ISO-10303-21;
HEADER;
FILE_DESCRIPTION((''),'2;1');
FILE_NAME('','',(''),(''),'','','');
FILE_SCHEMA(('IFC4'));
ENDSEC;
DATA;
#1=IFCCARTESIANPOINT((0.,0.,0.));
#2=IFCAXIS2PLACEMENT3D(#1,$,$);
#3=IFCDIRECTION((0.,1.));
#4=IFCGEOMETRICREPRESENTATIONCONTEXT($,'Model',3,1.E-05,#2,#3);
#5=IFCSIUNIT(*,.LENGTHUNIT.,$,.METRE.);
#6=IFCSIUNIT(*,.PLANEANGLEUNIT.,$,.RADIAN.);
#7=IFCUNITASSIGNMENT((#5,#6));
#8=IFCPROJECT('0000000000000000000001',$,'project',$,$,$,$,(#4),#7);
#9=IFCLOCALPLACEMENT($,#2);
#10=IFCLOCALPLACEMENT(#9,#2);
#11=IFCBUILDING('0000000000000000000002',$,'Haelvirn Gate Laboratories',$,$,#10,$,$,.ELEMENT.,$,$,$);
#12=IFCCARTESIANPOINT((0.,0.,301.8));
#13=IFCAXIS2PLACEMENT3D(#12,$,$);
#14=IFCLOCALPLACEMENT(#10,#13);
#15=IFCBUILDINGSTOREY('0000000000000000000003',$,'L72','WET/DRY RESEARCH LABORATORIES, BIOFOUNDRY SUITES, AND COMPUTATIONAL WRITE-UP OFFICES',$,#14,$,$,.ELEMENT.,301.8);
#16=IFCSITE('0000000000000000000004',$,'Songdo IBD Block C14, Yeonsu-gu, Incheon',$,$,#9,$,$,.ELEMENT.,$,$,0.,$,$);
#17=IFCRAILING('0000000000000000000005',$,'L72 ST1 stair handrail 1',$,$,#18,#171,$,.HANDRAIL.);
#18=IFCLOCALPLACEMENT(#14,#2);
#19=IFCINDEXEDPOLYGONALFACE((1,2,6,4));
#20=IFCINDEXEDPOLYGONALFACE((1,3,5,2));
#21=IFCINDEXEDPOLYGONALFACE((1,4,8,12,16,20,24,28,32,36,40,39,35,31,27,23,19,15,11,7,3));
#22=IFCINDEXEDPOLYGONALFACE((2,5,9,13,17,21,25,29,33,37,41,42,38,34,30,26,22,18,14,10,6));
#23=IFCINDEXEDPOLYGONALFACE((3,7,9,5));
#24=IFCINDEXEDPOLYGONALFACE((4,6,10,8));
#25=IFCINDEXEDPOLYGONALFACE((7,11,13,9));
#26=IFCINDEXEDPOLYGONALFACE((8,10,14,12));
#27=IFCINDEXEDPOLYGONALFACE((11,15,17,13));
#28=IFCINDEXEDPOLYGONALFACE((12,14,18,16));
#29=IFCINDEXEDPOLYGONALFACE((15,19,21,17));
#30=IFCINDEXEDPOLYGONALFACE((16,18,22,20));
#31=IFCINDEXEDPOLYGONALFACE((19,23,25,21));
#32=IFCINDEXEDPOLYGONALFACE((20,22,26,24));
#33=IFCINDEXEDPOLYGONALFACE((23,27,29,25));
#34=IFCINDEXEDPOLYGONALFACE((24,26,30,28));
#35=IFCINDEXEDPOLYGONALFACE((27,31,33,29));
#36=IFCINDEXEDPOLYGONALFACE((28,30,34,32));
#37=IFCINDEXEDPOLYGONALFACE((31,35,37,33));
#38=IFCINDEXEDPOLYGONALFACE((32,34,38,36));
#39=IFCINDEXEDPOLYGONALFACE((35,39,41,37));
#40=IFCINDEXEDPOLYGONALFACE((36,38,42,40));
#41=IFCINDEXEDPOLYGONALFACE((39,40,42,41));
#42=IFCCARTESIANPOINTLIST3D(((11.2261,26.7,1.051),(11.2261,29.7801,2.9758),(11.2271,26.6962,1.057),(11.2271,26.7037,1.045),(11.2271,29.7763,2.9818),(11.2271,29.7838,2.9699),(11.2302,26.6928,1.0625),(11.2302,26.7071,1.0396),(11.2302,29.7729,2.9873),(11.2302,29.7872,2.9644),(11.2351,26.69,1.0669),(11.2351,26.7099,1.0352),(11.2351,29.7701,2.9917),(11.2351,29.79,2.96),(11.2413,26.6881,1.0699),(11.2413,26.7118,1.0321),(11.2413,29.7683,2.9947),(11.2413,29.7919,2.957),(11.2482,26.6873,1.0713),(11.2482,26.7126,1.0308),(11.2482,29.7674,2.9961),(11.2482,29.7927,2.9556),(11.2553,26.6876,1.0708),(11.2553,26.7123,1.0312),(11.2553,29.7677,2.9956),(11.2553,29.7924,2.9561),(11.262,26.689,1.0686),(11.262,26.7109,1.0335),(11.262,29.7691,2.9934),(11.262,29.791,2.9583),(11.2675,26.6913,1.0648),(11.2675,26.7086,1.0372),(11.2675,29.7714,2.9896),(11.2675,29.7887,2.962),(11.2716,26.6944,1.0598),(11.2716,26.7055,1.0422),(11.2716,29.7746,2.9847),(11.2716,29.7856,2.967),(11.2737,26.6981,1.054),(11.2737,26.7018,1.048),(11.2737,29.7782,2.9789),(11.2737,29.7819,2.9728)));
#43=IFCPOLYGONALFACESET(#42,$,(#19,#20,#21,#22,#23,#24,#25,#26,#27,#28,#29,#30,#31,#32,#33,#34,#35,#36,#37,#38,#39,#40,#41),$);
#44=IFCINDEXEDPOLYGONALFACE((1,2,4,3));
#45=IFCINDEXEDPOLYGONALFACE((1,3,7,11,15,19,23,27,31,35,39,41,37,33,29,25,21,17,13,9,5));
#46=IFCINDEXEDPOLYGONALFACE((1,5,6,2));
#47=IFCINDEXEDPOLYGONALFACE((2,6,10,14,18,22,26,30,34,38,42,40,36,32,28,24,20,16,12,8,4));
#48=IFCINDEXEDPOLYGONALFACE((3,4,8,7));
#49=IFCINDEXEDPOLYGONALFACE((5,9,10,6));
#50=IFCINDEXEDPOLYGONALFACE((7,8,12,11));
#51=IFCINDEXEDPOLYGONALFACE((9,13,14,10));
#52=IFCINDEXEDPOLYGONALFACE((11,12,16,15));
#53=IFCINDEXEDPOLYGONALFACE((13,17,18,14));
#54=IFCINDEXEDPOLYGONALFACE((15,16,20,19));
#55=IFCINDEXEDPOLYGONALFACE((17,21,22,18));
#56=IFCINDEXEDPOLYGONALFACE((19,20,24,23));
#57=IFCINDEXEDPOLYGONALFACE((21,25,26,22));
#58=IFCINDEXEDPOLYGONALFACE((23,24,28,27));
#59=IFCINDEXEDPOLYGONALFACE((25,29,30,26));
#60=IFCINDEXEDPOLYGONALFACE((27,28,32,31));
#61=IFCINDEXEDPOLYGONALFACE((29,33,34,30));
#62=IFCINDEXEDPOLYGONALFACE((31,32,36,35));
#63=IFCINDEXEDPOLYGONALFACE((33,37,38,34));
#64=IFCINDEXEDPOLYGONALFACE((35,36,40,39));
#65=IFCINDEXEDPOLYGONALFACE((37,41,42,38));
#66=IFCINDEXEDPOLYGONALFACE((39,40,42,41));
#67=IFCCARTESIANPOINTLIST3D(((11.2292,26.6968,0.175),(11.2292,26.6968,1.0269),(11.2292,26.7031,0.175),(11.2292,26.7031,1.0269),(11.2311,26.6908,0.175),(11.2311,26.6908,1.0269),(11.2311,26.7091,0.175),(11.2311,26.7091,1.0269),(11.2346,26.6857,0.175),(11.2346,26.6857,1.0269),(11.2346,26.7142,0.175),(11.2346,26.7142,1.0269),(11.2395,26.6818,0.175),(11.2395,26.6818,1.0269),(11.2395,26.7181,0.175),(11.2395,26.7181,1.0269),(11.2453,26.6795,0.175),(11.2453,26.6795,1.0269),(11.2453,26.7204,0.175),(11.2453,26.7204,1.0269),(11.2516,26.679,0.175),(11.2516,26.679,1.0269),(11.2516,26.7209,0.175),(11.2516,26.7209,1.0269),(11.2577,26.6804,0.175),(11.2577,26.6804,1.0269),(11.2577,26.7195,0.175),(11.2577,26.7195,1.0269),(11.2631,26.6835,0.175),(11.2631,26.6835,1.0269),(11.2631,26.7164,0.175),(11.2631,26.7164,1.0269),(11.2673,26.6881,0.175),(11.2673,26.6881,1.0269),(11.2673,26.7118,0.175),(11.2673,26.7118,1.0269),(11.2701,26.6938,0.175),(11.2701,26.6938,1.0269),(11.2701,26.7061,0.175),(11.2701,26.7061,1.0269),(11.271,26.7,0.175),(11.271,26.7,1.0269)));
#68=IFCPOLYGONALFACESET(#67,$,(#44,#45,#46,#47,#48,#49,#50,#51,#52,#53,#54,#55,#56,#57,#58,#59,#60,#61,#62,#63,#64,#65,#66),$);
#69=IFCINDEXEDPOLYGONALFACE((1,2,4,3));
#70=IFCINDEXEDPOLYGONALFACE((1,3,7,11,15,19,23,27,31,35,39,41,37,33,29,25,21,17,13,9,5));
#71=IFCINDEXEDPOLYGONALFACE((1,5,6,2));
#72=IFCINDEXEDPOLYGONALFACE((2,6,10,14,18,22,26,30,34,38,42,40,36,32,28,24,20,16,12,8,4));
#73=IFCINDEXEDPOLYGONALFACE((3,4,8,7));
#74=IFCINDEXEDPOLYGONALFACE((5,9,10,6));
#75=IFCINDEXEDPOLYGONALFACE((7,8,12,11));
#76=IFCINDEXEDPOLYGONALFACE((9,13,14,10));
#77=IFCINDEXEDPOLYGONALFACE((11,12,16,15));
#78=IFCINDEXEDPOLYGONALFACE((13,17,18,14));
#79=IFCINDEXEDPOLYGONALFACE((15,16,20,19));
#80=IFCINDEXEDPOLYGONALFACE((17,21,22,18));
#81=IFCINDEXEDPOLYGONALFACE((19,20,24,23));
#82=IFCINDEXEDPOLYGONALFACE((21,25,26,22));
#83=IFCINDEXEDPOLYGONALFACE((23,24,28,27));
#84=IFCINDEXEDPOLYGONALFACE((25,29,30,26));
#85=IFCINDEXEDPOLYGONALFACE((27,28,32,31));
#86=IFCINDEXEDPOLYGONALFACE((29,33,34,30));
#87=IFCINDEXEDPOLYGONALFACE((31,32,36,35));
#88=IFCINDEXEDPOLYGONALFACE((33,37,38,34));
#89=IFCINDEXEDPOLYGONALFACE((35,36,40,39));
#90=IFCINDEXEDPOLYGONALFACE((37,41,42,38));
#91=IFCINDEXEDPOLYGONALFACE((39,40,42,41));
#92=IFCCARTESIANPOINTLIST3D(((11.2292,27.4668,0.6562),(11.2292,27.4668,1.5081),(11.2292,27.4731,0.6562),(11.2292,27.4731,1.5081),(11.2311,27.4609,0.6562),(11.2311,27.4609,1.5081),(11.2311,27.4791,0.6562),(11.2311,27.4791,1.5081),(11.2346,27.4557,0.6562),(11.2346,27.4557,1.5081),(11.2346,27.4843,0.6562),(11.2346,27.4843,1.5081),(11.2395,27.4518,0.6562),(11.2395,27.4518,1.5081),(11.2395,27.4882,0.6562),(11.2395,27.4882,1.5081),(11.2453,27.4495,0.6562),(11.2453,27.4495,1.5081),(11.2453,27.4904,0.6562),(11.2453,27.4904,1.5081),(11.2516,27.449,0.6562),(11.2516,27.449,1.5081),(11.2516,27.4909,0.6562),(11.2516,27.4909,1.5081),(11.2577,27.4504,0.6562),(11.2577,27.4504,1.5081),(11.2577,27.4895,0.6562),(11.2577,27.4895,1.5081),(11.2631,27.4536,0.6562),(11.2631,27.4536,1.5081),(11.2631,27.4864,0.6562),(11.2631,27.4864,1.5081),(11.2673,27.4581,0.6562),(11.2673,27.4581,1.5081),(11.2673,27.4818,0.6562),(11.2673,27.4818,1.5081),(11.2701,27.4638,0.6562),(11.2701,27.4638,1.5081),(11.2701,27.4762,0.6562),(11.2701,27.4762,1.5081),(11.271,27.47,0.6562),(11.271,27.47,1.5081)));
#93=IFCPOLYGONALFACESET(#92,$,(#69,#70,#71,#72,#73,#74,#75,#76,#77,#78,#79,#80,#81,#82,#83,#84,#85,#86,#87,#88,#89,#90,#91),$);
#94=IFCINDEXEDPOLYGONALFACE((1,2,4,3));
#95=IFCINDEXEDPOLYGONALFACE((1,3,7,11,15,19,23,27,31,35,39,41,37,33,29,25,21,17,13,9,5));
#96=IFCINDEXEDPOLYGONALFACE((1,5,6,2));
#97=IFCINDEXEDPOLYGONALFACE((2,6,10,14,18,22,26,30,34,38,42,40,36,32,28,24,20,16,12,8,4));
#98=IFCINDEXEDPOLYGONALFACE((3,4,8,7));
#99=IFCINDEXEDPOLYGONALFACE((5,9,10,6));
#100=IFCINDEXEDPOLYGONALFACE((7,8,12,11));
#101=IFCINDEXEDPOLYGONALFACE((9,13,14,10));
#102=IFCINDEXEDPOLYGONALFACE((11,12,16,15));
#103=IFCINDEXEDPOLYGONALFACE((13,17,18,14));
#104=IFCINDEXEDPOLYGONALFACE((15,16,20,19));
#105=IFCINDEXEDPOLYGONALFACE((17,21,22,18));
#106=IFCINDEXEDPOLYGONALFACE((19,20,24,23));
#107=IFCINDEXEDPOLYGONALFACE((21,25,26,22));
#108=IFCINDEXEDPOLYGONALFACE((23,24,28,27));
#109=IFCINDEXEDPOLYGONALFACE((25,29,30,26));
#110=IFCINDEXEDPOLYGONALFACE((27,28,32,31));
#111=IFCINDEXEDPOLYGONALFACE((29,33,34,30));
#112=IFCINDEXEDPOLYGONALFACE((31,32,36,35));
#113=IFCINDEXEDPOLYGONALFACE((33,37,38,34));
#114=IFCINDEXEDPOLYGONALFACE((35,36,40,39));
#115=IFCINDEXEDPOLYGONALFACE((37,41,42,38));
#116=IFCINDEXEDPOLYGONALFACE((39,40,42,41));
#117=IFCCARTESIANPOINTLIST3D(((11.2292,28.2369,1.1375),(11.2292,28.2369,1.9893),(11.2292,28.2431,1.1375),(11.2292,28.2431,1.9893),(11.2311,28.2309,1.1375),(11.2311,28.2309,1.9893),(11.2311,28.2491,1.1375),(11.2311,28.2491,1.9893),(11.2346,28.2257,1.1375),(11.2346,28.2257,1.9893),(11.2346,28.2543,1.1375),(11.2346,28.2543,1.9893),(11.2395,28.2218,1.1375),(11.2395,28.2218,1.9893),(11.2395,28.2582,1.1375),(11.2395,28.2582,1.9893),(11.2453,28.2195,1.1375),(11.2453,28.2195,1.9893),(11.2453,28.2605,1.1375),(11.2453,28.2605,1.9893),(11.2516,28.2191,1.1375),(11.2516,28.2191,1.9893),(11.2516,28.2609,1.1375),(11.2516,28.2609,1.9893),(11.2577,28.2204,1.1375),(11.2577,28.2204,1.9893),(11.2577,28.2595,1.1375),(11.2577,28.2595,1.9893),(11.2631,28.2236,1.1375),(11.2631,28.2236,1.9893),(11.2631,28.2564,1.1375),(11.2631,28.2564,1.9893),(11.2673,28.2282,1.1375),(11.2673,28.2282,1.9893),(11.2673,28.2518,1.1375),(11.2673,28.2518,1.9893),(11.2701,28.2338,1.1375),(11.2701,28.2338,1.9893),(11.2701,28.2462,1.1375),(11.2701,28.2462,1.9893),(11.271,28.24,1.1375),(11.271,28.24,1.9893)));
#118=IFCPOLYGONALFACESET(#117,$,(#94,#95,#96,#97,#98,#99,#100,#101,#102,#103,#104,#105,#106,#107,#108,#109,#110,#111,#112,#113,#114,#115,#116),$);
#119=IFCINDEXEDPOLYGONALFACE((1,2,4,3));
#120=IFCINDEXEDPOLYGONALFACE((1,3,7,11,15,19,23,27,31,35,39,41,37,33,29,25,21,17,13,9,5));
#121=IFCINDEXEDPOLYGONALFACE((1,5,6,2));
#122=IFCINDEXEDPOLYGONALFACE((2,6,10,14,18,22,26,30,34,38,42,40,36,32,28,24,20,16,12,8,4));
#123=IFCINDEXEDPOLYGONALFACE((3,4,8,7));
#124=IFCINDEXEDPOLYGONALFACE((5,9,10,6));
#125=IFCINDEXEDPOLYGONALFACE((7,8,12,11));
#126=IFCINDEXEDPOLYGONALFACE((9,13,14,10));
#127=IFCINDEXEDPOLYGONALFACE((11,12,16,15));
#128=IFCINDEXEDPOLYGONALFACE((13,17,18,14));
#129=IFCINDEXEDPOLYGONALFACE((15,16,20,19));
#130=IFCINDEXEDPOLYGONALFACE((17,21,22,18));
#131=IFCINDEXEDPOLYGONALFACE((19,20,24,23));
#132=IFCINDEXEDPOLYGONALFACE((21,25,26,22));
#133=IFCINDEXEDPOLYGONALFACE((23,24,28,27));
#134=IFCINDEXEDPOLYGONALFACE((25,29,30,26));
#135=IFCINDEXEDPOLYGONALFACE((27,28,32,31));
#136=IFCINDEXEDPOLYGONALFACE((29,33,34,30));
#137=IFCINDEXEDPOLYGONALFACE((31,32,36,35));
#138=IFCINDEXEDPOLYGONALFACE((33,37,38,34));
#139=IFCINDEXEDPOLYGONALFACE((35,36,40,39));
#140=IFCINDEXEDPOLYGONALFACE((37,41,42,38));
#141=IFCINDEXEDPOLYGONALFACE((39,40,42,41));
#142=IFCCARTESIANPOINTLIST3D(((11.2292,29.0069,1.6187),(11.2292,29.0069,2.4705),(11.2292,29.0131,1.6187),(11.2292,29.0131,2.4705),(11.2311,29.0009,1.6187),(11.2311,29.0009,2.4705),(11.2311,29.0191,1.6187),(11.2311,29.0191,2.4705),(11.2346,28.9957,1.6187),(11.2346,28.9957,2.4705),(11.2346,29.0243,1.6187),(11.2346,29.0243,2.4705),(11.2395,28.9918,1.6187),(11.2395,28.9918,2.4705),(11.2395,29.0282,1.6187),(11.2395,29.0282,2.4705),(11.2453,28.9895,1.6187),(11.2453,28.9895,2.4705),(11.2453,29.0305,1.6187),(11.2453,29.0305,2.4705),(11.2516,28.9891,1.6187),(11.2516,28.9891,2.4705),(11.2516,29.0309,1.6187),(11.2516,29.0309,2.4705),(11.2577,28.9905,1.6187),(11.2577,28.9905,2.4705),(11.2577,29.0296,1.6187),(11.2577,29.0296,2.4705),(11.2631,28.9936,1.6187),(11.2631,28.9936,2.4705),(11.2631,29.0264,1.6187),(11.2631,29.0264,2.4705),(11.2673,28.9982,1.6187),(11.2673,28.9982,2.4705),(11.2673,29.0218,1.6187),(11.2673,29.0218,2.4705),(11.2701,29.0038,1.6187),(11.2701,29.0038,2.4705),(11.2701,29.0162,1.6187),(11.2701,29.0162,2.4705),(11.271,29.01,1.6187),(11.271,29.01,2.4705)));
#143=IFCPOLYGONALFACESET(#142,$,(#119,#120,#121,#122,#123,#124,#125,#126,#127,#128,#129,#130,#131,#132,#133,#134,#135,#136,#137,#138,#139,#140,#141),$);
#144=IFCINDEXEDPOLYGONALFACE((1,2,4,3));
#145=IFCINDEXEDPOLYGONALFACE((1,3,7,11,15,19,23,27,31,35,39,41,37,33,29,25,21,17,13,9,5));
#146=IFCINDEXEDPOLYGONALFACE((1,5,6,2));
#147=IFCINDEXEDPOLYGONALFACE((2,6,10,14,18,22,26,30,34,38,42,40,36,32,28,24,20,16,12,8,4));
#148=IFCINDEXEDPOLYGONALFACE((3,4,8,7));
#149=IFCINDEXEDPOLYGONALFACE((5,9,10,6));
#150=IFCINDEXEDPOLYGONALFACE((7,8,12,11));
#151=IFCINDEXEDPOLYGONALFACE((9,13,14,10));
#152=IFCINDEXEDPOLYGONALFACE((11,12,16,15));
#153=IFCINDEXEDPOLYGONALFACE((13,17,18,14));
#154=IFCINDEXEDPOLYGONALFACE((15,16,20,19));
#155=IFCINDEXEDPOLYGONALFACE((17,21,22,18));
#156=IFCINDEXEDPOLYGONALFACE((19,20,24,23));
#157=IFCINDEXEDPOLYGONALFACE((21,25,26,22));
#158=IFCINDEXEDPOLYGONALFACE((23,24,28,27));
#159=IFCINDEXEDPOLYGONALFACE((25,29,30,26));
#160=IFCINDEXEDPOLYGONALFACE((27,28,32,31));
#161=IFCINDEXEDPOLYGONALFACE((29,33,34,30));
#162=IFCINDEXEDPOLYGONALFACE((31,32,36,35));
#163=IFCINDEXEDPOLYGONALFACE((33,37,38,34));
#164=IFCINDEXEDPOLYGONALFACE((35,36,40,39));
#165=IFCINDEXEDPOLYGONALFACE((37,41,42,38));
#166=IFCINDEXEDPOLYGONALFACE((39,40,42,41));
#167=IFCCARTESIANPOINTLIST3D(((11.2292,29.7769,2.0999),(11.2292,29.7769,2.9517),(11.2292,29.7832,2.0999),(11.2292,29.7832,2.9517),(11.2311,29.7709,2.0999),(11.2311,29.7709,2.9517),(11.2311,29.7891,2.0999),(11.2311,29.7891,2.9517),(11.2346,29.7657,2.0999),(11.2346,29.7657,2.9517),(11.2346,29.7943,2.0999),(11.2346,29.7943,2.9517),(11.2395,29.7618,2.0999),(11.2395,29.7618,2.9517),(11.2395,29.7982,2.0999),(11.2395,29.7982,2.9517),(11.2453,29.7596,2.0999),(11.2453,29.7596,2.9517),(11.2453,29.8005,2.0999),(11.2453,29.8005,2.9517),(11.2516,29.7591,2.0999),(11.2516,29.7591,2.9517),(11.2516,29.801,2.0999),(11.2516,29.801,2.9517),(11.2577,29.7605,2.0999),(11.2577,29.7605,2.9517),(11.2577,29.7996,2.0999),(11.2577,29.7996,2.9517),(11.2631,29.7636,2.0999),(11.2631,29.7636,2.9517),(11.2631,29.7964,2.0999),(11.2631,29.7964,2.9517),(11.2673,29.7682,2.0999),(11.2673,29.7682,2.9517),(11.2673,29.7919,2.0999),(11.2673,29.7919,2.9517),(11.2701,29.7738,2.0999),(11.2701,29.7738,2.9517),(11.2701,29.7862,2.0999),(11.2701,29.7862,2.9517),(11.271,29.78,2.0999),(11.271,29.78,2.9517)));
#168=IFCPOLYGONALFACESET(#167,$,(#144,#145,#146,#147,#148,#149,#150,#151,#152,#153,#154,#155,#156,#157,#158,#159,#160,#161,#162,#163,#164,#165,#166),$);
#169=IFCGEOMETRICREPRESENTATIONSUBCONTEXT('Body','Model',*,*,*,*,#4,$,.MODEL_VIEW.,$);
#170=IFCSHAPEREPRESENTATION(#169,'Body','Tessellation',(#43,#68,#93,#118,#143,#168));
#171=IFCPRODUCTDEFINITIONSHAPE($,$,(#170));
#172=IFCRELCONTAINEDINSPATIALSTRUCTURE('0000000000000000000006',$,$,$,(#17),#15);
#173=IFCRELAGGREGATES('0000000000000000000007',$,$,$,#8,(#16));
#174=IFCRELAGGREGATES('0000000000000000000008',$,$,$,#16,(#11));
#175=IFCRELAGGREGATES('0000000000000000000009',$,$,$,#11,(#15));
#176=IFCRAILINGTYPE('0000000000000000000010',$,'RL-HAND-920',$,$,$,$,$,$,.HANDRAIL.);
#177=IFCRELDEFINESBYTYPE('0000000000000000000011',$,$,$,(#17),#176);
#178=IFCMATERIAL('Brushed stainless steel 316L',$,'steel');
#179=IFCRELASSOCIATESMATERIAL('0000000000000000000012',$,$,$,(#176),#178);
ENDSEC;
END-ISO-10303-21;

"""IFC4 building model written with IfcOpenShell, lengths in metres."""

from ifc_helpers import new_model, si_unit, direction, frame, origin, origin_2d, place, context, subcontext, project, spatial, circle, extrude, source, transform, mapped, material, type_object, element, save


model = new_model("IFC4")

# Units and contexts
model_context = context("Model", 3, precision=1e-05, world=origin(), true_north=direction((0.0, 1.0)))
body_context = subcontext(model_context, "Body", "Model", "MODEL_VIEW")
ifc_project = project(units=[si_unit("LENGTHUNIT", "METRE"), si_unit("PLANEANGLEUNIT", "RADIAN")], contexts=[model_context])

# Site, building, storey
site_placement = place(None, origin())
site = spatial("IfcSite", under=ifc_project, at=site_placement, Name="Songdo IBD Block C14, Yeonsu-gu, Incheon", CompositionType="ELEMENT", RefElevation=0.0)
building_placement = place(site_placement, origin())
building = spatial("IfcBuilding", under=site, at=building_placement, Name="Haelvirn Gate Laboratories", CompositionType="ELEMENT")
storey_placement = place(building_placement, frame((0.0, 0.0, 301.8)))
storey = spatial("IfcBuildingStorey", under=building, at=storey_placement, Name="L72", Description="WET/DRY RESEARCH LABORATORIES, BIOFOUNDRY SUITES, AND COMPUTATIONAL WRITE-UP OFFICES", CompositionType="ELEMENT", Elevation=301.8)

# Railing
ifc_material_1 = material(Name="Brushed stainless steel 316L", Category="steel")
railing_type_1 = type_object("IfcRailingType", Name="RL-HAND-920", PredefinedType="HANDRAIL", material=ifc_material_1)
shared_shape_1 = source(origin(), body_context, "Body", "SweptSolid", [
    extrude(circle(Radius=0.0239, at=origin_2d()), frame((0.0, 0.0, 0.876), z_axis=(0.0, 0.848029, 0.529951), x_axis=(-1.0, 0.0, 0.0)), (0.0, 0.0, 1.0), 3.6321),
    extrude(circle(Radius=0.021, at=origin_2d()), origin(), (0.0, 0.0, 1.0), 0.8518),
    extrude(circle(Radius=0.021, at=origin_2d()), frame((0.0, 0.77, 0.4812)), (0.0, 0.0, 1.0), 0.8518),
    extrude(circle(Radius=0.021, at=origin_2d()), frame((0.0, 1.54, 0.9624)), (0.0, 0.0, 1.0), 0.8518),
    extrude(circle(Radius=0.021, at=origin_2d()), frame((0.0, 2.3101, 1.4436)), (0.0, 0.0, 1.0), 0.8518),
    extrude(circle(Radius=0.021, at=origin_2d()), frame((0.0, 3.0801, 1.9248)), (0.0, 0.0, 1.0), 0.8518),
])
railing_1_placement = place(storey_placement, frame((11.25, 26.7, 0.175)))
element("IfcRailing", 1, at=railing_1_placement, inside=storey, type_object=railing_type_1, Name="L72 ST1 stair handrail 1", PredefinedType="HANDRAIL", context=body_context, shape_type="MappedRepresentation", body=[
    mapped(shared_shape_1, transform((0.0, 0.0, 0.0), scale=1.0)),
])

save(model, "model.ifc")
